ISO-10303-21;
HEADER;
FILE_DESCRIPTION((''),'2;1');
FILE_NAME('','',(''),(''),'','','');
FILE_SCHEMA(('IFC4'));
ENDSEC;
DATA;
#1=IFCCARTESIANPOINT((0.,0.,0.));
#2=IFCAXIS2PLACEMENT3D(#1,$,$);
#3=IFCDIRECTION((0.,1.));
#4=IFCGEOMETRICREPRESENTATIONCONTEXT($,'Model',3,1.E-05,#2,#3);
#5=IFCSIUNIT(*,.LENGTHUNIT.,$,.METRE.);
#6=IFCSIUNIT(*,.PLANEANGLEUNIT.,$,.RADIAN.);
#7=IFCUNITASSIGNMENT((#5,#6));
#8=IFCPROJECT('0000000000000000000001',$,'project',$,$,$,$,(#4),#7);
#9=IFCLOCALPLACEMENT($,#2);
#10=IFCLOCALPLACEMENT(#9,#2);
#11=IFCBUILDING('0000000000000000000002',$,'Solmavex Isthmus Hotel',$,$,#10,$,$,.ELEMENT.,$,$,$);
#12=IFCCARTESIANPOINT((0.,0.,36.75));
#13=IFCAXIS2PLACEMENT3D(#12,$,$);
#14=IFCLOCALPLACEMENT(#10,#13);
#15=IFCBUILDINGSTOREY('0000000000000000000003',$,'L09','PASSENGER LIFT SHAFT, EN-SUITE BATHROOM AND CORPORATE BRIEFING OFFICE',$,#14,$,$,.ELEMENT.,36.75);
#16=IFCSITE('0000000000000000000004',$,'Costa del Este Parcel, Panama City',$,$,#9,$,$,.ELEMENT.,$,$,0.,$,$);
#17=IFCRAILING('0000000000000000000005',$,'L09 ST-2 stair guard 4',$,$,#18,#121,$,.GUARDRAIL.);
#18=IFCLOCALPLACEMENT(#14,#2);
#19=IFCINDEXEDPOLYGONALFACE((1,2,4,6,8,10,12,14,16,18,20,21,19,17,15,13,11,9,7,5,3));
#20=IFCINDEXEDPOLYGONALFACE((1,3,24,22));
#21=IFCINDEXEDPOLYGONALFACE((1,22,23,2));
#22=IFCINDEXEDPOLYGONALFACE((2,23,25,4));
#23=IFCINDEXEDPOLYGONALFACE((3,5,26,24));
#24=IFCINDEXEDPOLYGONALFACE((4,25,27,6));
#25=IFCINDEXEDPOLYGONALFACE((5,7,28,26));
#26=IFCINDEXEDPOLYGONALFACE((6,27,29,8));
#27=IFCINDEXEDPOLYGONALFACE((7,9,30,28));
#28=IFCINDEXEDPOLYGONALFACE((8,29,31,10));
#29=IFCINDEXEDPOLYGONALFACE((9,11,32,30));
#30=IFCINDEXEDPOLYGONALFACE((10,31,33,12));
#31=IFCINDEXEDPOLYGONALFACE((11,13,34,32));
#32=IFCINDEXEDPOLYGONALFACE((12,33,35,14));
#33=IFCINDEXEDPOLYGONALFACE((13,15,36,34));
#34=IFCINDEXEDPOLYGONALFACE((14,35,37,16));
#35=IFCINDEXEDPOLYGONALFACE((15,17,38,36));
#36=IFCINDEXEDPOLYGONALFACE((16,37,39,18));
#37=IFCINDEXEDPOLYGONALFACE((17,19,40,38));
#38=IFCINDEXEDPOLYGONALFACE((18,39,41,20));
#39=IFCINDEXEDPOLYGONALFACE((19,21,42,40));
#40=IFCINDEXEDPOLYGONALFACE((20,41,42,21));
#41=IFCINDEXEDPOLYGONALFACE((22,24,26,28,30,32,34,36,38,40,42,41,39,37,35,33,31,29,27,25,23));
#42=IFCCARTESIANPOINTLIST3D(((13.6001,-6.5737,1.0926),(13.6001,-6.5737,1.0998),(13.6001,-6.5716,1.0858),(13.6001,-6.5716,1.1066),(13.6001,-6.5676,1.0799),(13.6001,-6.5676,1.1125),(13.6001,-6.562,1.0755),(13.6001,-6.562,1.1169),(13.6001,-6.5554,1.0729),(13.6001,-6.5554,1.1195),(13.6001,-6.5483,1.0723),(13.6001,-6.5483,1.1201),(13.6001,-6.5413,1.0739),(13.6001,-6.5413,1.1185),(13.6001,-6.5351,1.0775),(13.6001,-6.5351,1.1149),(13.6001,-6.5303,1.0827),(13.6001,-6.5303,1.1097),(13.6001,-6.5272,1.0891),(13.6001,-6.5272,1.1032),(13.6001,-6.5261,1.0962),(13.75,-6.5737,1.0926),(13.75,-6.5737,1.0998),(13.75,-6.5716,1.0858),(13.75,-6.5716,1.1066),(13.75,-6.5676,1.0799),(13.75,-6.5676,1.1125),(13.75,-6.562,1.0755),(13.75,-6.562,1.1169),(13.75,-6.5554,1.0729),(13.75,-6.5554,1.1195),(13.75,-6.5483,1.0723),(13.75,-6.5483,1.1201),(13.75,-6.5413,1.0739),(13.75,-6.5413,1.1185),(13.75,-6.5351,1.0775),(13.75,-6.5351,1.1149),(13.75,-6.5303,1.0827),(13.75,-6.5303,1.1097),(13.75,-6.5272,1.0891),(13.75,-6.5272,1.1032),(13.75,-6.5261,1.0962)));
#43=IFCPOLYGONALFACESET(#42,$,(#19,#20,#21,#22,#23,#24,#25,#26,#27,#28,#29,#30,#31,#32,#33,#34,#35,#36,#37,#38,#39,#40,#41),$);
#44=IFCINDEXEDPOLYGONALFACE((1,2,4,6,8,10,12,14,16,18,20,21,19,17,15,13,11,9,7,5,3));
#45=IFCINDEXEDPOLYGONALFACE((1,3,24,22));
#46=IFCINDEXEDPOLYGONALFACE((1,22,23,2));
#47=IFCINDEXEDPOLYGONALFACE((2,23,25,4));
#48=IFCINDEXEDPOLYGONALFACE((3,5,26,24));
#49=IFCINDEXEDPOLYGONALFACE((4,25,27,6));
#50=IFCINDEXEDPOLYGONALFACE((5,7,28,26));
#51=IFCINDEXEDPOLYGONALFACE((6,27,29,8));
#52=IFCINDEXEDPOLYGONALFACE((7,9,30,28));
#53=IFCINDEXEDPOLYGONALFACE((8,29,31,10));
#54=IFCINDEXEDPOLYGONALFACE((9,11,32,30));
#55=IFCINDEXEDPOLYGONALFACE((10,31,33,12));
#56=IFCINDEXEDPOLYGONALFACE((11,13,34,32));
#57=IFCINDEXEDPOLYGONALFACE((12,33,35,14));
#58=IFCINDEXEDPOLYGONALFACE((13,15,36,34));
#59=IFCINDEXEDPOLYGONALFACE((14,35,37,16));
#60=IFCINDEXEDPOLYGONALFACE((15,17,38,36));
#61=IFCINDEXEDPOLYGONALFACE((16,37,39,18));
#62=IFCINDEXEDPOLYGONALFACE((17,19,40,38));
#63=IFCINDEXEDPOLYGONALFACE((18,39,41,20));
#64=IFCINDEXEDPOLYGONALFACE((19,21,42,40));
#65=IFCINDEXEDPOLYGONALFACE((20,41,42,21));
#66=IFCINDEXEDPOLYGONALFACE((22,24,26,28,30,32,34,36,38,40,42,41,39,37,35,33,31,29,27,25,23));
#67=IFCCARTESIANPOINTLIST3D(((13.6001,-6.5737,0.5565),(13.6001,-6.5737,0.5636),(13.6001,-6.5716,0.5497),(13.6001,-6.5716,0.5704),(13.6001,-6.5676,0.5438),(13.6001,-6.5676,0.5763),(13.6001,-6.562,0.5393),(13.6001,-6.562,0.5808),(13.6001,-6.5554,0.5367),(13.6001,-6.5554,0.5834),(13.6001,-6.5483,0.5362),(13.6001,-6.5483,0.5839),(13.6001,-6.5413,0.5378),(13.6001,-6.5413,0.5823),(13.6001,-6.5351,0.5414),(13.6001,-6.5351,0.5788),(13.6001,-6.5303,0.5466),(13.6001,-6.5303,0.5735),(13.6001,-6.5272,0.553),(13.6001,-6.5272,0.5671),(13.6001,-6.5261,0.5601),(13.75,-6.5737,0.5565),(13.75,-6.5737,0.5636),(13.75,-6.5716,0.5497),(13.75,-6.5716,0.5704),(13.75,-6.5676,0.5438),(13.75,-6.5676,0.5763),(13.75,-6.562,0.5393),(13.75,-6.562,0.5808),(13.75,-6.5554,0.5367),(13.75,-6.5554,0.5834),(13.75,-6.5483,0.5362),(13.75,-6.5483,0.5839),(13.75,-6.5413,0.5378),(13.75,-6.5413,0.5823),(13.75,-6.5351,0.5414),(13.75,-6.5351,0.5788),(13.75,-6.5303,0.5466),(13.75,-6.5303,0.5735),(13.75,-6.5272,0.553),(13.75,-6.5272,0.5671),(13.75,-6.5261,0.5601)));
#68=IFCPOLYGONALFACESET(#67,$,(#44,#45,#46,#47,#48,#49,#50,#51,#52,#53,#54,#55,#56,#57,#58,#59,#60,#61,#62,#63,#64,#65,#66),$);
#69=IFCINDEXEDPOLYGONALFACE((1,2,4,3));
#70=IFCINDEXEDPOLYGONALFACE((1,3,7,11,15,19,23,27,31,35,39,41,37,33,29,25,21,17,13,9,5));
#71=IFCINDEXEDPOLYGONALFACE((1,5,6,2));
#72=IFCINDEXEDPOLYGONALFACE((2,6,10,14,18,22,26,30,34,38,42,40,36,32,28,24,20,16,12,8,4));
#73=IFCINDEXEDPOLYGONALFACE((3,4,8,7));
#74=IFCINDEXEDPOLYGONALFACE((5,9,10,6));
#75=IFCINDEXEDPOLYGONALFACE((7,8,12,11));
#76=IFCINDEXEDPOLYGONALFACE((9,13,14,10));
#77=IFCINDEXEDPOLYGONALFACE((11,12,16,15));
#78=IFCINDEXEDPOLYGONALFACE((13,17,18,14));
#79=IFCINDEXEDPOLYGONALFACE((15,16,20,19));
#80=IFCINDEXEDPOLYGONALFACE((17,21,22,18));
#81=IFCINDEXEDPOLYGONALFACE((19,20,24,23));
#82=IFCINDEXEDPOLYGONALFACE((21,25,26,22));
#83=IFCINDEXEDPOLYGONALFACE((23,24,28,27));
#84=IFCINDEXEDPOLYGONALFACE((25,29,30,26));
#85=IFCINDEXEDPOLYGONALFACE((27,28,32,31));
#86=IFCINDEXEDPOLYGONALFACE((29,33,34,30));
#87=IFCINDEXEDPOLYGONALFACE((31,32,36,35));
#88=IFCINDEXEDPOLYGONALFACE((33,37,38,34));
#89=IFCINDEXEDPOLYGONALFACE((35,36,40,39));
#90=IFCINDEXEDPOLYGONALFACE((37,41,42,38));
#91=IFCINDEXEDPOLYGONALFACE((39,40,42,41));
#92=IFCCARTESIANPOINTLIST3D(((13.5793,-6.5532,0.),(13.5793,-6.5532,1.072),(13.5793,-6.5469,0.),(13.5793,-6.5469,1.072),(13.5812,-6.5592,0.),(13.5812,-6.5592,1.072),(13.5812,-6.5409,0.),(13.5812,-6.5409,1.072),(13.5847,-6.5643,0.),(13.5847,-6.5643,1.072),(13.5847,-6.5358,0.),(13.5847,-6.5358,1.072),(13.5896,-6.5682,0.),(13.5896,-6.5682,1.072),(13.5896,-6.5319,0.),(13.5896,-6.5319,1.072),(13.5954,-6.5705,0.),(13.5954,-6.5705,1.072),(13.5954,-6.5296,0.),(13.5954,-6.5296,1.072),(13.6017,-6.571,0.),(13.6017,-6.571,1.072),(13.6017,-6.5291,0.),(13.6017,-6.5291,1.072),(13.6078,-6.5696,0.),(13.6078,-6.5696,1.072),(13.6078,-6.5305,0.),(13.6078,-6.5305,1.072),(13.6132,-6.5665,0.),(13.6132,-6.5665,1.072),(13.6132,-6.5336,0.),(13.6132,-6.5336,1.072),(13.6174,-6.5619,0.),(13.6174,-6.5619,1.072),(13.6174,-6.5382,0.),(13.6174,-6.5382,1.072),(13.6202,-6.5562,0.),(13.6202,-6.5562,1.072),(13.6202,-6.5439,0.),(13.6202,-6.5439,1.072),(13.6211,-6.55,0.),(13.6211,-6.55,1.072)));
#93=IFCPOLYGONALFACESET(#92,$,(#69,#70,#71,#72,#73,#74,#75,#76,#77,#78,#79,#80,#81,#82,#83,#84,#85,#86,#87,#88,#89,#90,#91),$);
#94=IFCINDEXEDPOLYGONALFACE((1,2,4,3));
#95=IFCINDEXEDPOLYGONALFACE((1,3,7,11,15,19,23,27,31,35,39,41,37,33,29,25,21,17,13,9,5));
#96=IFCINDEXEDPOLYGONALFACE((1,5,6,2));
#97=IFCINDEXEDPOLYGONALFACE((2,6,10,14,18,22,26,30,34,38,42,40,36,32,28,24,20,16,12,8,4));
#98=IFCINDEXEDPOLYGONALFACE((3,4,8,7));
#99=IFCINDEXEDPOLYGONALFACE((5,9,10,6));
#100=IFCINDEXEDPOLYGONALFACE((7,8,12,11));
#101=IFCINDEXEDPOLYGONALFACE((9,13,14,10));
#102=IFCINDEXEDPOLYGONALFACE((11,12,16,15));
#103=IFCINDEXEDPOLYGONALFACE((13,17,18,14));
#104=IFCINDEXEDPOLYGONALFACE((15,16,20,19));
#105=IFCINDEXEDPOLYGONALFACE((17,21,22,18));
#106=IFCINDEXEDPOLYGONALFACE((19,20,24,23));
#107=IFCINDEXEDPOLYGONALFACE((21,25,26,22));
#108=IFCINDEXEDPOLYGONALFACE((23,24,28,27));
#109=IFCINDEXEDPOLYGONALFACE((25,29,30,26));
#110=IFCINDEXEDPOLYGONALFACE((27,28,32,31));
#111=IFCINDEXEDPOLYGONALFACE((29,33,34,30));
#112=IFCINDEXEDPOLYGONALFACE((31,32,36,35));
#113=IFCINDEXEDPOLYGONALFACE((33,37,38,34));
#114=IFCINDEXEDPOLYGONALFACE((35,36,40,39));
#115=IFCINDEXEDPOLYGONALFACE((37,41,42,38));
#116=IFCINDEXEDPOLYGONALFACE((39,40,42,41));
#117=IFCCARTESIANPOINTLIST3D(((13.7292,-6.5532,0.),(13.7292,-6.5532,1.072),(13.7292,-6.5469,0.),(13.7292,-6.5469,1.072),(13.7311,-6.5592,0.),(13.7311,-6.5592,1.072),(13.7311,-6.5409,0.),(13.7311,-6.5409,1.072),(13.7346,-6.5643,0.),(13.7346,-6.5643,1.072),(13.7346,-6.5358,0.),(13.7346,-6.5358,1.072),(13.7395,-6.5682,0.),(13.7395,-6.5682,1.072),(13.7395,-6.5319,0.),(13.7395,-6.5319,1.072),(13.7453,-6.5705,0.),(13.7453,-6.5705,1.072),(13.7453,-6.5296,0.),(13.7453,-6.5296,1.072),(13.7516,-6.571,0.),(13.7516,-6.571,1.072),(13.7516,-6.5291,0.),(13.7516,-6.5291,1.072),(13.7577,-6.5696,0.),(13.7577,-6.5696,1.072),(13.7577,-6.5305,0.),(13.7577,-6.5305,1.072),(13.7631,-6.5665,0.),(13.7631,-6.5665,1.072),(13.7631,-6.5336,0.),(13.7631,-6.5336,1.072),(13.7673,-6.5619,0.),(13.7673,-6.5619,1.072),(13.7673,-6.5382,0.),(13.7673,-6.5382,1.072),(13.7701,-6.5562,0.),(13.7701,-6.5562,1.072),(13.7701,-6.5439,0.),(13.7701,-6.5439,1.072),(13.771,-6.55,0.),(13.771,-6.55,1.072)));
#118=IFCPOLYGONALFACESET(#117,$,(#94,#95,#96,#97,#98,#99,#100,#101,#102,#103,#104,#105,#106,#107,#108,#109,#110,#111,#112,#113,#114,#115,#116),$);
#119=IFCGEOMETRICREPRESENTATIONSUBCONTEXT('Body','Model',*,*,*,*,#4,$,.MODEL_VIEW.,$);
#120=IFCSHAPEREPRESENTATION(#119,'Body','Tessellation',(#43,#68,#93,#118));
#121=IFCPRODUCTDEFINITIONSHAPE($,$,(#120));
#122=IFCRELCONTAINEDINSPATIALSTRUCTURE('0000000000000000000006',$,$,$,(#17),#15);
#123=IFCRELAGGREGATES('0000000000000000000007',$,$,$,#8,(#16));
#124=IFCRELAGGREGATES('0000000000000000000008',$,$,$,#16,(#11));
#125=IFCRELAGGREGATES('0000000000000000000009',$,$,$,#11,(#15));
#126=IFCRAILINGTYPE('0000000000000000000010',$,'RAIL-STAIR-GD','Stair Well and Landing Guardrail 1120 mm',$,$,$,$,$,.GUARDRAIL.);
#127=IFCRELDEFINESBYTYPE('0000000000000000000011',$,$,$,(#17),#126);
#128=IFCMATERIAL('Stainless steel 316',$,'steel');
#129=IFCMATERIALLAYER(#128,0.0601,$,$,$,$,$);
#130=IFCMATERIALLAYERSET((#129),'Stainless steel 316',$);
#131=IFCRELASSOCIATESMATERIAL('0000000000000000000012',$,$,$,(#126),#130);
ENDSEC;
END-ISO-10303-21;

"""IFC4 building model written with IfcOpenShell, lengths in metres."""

from ifc_helpers import new_model, si_unit, direction, frame, origin, origin_2d, place, context, subcontext, project, spatial, circle, extrude, material, layer, layer_set, type_object, element, save


model = new_model("IFC4")

# Units and contexts
model_context = context("Model", 3, precision=1e-05, world=origin(), true_north=direction((0.0, 1.0)))
body_context = subcontext(model_context, "Body", "Model", "MODEL_VIEW")
ifc_project = project(units=[si_unit("LENGTHUNIT", "METRE"), si_unit("PLANEANGLEUNIT", "RADIAN")], contexts=[model_context])

# Site, building, storey
site_placement = place(None, origin())
site = spatial("IfcSite", under=ifc_project, at=site_placement, Name="Costa del Este Parcel, Panama City", CompositionType="ELEMENT", RefElevation=0.0)
building_placement = place(site_placement, origin())
building = spatial("IfcBuilding", under=site, at=building_placement, Name="Solmavex Isthmus Hotel", CompositionType="ELEMENT")
storey_placement = place(building_placement, frame((0.0, 0.0, 36.75)))
storey = spatial("IfcBuildingStorey", under=building, at=storey_placement, Name="L09", Description="PASSENGER LIFT SHAFT, EN-SUITE BATHROOM AND CORPORATE BRIEFING OFFICE", CompositionType="ELEMENT", Elevation=36.75)

# Railing
ifc_material_1 = material(Name="Stainless steel 316", Category="steel")
ifc_layer_1 = layer(ifc_material_1, 0.0601)
ifc_layer_set_1 = layer_set([ifc_layer_1], Name="Stainless steel 316")
railing_type_1 = type_object("IfcRailingType", Name="RAIL-STAIR-GD", Description="Stair Well and Landing Guardrail 1120 mm", PredefinedType="GUARDRAIL", material=ifc_layer_set_1)
railing_1_placement = place(storey_placement, frame((13.6001, -6.55, 0.0)))
element("IfcRailing", 1, at=railing_1_placement, inside=storey, type_object=railing_type_1, Name="L09 ST-2 stair guard 4", PredefinedType="GUARDRAIL", context=body_context, shape_type="SweptSolid", body=[
    extrude(circle(Radius=0.0239, at=origin_2d()), frame((0.0, 0.0, 1.0962), z_axis=(1.0, 0.0, 0.0), x_axis=(0.0, 1.0, 0.0)), (0.0, 0.0, 1.0), 0.1499),
    extrude(circle(Radius=0.0239, at=origin_2d()), frame((0.0, 0.0, 0.5601), z_axis=(1.0, 0.0, 0.0), x_axis=(0.0, 1.0, 0.0)), (0.0, 0.0, 1.0), 0.1499),
    extrude(circle(Radius=0.021, at=origin_2d()), origin(), (0.0, 0.0, 1.0), 1.072),
    extrude(circle(Radius=0.021, at=origin_2d()), frame((0.1499, 0.0, 0.0)), (0.0, 0.0, 1.0), 1.072),
])

save(model, "model.ifc")
